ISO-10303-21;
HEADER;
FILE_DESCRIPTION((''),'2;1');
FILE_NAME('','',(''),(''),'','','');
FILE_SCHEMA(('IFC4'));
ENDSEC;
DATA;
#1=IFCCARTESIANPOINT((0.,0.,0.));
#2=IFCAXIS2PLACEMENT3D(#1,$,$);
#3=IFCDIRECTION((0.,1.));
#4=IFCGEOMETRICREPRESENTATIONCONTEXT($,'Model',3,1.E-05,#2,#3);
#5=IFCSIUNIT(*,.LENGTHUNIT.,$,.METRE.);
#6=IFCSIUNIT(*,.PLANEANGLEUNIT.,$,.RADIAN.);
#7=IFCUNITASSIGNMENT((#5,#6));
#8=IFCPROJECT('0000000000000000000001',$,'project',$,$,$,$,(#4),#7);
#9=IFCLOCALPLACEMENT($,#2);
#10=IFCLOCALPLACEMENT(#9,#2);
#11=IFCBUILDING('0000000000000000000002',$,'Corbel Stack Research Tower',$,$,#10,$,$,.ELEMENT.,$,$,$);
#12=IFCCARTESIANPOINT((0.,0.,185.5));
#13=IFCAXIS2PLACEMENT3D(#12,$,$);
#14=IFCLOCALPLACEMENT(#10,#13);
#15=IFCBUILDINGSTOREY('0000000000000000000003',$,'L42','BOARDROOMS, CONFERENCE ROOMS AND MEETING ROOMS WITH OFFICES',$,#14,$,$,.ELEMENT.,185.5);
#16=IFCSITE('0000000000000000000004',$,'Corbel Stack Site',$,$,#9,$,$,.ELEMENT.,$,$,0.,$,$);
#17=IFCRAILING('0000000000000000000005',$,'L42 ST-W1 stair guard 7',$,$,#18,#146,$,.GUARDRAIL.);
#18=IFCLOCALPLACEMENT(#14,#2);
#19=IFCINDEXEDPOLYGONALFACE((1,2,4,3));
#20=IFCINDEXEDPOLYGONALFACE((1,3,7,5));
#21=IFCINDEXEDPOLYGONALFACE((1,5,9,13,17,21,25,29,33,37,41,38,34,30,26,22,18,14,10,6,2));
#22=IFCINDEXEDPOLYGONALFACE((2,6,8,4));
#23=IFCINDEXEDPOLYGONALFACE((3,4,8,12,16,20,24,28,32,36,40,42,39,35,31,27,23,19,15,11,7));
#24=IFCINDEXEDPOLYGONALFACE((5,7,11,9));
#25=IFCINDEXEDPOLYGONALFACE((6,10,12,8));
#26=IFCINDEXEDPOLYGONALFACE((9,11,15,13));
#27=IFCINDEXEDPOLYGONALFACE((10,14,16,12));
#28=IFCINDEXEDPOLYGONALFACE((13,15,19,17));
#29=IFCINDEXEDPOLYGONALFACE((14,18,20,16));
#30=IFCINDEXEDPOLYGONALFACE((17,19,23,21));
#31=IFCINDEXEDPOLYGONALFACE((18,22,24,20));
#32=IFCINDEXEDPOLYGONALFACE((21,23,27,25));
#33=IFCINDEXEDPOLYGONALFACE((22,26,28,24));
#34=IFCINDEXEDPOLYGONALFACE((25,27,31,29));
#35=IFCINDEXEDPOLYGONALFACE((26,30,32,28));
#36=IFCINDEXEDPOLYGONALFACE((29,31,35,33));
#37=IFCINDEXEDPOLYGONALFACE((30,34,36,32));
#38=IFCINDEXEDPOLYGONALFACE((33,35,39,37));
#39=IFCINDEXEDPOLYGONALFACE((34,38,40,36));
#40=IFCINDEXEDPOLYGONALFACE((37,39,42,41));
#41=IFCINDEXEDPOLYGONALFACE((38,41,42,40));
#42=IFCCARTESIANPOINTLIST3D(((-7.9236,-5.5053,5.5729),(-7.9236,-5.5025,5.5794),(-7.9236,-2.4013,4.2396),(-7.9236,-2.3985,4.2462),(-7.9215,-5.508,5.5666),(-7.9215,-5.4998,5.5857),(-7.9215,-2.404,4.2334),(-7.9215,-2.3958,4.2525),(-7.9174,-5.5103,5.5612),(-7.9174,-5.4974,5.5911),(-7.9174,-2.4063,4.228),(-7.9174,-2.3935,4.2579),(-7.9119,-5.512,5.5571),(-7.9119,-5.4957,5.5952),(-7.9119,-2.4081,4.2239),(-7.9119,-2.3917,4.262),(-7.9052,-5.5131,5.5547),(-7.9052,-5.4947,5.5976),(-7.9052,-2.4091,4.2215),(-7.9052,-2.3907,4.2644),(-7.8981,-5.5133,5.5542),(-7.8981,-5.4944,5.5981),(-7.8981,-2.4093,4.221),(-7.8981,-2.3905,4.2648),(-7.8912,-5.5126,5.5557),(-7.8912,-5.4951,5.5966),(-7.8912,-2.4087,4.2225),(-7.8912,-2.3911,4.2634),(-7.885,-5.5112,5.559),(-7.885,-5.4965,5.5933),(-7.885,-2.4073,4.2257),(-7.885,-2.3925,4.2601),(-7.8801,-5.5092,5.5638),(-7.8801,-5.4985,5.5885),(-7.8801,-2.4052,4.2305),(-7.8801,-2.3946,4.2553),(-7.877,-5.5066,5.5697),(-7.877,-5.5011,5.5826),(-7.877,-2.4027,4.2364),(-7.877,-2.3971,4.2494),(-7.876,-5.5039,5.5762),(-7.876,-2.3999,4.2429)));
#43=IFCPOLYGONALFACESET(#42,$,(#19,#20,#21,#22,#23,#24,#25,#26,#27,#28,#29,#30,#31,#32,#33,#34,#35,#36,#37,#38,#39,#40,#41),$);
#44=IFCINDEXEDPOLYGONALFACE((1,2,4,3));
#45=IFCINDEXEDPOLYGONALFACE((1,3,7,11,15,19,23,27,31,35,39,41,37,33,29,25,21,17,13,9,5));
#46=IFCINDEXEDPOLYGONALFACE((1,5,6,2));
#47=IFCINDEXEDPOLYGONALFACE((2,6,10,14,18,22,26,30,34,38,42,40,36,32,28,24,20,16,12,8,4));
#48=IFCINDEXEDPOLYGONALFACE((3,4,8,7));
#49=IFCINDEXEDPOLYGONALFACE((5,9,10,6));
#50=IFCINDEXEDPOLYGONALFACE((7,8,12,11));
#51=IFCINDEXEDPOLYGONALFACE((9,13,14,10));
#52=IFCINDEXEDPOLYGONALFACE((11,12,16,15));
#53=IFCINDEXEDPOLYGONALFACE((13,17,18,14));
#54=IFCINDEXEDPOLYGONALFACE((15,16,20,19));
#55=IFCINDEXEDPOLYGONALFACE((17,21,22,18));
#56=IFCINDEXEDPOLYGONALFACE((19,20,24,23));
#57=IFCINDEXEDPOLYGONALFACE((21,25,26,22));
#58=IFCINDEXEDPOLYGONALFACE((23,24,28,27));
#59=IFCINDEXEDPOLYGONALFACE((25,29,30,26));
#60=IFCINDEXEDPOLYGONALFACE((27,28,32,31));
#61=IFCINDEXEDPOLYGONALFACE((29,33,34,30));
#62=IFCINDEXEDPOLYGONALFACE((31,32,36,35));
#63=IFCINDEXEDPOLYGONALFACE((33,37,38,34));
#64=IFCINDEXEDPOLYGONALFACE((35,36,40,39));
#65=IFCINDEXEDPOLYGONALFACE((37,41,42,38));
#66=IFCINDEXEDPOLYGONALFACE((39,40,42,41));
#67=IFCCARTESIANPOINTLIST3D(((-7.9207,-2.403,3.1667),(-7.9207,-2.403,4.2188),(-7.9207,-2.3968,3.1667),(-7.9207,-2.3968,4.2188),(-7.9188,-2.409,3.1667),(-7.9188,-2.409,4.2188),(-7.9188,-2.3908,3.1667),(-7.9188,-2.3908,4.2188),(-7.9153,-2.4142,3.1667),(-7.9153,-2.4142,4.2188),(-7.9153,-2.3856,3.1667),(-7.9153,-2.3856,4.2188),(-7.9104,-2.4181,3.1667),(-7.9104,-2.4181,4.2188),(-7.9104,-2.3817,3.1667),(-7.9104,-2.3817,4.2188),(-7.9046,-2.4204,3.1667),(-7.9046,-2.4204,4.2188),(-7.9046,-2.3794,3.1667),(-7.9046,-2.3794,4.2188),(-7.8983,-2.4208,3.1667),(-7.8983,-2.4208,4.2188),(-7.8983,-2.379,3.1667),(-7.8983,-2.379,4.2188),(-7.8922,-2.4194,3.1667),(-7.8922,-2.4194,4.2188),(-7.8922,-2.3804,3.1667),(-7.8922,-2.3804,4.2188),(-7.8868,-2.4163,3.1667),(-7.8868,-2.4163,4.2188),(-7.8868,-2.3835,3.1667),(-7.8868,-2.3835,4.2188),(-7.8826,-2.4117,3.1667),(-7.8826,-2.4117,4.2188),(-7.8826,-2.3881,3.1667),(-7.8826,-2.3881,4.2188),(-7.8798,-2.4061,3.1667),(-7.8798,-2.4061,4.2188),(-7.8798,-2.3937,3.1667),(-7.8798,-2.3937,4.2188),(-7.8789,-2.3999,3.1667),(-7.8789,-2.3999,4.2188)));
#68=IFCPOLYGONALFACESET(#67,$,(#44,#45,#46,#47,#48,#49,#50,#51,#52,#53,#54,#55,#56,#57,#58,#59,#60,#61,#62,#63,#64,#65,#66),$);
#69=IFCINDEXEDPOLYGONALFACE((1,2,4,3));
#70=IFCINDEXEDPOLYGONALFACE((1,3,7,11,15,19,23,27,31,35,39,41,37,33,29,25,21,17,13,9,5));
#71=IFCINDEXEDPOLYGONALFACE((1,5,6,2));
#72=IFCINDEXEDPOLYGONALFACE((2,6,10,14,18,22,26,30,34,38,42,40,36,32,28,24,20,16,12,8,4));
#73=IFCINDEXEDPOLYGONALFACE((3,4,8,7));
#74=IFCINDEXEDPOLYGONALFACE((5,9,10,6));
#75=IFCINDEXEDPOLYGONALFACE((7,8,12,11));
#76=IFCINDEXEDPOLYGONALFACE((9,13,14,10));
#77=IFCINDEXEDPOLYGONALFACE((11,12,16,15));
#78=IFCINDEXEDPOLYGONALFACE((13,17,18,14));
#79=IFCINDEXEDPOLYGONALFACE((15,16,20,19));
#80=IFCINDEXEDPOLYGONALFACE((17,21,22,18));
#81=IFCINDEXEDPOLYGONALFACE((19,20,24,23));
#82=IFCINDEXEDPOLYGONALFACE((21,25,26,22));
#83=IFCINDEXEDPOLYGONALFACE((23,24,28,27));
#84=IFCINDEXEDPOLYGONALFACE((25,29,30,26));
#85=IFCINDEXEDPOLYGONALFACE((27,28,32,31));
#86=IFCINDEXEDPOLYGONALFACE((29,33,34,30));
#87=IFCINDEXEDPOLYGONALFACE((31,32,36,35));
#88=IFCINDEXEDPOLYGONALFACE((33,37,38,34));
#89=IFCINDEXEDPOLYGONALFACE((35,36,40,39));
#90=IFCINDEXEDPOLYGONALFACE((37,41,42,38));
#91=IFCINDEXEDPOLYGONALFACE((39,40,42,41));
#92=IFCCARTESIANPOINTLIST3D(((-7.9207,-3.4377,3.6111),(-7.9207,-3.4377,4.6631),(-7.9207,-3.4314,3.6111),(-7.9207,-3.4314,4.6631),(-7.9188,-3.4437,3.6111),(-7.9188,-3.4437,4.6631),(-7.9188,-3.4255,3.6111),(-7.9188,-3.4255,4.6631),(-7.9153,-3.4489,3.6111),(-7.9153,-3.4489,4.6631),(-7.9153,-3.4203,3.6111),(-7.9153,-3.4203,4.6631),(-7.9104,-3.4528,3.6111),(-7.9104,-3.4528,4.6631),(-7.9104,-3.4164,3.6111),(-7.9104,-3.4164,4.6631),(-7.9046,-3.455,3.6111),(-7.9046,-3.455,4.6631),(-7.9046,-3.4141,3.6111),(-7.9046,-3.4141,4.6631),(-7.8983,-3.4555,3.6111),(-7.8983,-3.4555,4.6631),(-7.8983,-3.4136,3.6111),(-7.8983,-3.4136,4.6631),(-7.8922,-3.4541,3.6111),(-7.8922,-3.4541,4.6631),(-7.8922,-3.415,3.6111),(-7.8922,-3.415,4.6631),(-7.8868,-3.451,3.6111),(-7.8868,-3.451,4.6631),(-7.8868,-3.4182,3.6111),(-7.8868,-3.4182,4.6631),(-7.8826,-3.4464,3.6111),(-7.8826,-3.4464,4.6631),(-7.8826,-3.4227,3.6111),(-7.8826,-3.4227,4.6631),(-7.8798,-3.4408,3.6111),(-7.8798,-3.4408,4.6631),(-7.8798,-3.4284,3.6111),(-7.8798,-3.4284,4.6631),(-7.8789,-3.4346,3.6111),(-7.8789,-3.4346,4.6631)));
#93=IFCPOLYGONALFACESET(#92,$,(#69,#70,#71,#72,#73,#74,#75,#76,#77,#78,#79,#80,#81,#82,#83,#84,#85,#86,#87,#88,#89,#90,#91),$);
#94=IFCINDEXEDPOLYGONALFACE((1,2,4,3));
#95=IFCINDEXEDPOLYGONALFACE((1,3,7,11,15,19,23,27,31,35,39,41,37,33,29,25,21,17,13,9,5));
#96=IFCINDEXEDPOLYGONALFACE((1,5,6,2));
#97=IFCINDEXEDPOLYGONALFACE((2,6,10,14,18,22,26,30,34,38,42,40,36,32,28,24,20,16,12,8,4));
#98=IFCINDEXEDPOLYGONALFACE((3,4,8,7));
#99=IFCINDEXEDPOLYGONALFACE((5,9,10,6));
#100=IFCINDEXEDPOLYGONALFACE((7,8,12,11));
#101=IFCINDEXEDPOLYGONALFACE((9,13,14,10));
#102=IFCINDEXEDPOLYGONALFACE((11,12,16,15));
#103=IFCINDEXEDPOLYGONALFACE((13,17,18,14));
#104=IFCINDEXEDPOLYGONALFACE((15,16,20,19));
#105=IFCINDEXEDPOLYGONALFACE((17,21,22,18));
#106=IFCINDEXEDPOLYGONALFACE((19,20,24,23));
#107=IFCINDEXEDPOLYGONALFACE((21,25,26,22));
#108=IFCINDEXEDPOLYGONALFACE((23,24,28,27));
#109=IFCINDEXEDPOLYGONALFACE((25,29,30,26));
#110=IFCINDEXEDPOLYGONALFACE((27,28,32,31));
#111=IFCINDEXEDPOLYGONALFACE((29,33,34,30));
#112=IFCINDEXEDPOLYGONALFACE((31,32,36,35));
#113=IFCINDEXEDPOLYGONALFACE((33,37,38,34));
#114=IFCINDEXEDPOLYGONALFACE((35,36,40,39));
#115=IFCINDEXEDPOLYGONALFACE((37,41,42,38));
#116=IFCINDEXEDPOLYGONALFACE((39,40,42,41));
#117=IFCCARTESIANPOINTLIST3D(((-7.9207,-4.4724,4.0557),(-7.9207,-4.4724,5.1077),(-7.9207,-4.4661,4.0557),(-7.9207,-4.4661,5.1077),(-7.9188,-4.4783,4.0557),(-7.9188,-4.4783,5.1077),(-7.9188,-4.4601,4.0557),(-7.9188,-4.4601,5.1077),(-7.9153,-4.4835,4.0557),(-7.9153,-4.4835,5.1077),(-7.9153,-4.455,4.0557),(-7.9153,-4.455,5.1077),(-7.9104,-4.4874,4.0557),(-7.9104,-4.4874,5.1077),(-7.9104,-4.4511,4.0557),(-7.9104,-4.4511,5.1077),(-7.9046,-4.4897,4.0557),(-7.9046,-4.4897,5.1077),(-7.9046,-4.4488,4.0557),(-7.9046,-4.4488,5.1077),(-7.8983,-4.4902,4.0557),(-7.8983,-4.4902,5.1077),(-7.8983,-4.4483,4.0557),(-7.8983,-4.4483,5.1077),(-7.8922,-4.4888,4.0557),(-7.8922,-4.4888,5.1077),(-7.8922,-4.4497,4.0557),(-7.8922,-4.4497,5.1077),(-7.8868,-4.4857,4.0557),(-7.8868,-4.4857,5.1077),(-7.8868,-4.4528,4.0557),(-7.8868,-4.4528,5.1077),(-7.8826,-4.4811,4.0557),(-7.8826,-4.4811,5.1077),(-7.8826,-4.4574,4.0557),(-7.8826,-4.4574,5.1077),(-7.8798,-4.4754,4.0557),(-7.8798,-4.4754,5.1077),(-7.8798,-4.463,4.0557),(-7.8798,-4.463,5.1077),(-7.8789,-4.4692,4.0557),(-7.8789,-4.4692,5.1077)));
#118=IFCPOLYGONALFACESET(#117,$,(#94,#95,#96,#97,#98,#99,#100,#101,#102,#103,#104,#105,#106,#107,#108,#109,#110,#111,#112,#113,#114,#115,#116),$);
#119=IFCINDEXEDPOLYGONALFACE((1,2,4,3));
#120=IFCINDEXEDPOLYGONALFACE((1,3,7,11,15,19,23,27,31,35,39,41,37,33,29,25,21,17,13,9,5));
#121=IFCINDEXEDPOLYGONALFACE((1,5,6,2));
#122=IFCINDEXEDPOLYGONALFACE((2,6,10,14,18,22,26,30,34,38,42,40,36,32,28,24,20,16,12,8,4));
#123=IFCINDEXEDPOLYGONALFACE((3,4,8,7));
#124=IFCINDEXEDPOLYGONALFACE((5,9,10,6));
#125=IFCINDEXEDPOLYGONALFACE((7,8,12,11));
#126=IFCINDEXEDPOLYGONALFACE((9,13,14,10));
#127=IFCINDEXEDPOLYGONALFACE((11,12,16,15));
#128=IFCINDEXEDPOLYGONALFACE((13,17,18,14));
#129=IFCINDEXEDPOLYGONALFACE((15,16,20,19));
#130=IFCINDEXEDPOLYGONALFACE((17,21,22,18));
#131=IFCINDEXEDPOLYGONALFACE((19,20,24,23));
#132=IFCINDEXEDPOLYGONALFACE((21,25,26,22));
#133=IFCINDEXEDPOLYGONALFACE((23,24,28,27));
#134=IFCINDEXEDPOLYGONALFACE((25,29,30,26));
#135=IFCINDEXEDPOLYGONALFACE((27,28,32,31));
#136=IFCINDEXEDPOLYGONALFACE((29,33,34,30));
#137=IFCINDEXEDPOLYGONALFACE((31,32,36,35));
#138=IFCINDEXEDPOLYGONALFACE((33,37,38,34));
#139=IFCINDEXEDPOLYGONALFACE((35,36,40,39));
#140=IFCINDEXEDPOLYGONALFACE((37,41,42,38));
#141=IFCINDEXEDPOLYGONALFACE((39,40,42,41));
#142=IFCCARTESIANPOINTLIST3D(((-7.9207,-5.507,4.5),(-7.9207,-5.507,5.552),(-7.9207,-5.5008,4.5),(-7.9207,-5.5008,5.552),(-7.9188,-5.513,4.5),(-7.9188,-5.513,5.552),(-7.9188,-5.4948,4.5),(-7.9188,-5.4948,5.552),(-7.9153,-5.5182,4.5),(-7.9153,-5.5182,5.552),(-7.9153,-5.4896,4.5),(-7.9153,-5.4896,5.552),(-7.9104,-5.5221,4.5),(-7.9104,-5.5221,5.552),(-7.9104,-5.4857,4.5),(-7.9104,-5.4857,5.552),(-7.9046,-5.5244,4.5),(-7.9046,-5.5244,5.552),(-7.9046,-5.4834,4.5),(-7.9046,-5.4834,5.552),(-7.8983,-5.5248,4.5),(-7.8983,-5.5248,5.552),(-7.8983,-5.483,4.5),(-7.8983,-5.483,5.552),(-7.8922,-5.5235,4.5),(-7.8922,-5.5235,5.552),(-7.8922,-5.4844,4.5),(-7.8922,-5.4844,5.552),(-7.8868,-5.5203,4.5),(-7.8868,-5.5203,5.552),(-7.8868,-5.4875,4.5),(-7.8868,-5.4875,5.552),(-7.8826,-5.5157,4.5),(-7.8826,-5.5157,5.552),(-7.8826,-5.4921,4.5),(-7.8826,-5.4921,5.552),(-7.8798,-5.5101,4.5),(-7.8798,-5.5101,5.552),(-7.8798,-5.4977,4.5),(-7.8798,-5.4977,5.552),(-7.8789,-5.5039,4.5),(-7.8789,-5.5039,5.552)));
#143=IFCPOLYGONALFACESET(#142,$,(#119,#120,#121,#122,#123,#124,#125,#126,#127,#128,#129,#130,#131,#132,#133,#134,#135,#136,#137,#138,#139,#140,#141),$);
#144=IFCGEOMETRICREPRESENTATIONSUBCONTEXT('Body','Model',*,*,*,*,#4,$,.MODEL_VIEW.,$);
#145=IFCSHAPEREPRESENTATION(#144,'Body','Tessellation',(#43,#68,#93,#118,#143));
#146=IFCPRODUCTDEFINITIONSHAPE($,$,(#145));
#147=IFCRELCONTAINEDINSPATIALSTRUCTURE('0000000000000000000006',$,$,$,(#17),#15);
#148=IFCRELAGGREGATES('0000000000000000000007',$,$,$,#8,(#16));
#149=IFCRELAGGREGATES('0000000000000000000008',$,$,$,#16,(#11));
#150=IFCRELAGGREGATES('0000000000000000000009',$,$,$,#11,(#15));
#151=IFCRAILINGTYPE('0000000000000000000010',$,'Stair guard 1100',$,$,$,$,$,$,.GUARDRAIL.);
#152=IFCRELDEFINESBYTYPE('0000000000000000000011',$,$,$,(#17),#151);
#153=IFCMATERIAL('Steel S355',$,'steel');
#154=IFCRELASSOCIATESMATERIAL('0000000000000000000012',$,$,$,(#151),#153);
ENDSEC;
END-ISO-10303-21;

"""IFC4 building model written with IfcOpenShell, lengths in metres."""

from ifc_helpers import new_model, si_unit, direction, frame, origin, origin_2d, place, context, subcontext, project, spatial, circle, extrude, material, type_object, element, save


model = new_model("IFC4")

# Units and contexts
model_context = context("Model", 3, precision=1e-05, world=origin(), true_north=direction((0.0, 1.0)))
body_context = subcontext(model_context, "Body", "Model", "MODEL_VIEW")
ifc_project = project(units=[si_unit("LENGTHUNIT", "METRE"), si_unit("PLANEANGLEUNIT", "RADIAN")], contexts=[model_context])

# Site, building, storey
site_placement = place(None, origin())
site = spatial("IfcSite", under=ifc_project, at=site_placement, Name="Corbel Stack Site", CompositionType="ELEMENT", RefElevation=0.0)
building_placement = place(site_placement, origin())
building = spatial("IfcBuilding", under=site, at=building_placement, Name="Corbel Stack Research Tower", CompositionType="ELEMENT")
storey_placement = place(building_placement, frame((0.0, 0.0, 185.5)))
storey = spatial("IfcBuildingStorey", under=building, at=storey_placement, Name="L42", Description="BOARDROOMS, CONFERENCE ROOMS AND MEETING ROOMS WITH OFFICES", CompositionType="ELEMENT", Elevation=185.5)

# Railing
ifc_material_1 = material(Name="Steel S355", Category="steel")
railing_type_1 = type_object("IfcRailingType", Name="Stair guard 1100", PredefinedType="GUARDRAIL", material=ifc_material_1)
railing_1_placement = place(storey_placement, frame((-7.8999, -2.3999, 3.1667)))
element("IfcRailing", 1, at=railing_1_placement, inside=storey, type_object=railing_type_1, Name="L42 ST-W1 stair guard 7", PredefinedType="GUARDRAIL", context=body_context, shape_type="SweptSolid", body=[
    extrude(circle(Radius=0.0239, at=origin_2d()), frame((0.0, 0.0, 1.0762), z_axis=(0.0, -0.918827, 0.394661), x_axis=(1.0, 0.0, 0.0)), (0.0, 0.0, 1.0), 3.3782),
    extrude(circle(Radius=0.021, at=origin_2d()), origin(), (0.0, 0.0, 1.0), 1.052),
    extrude(circle(Radius=0.021, at=origin_2d()), frame((0.0, -1.0347, 0.4443)), (0.0, 0.0, 1.0), 1.052),
    extrude(circle(Radius=0.021, at=origin_2d()), frame((0.0, -2.0693, 0.8889)), (0.0, 0.0, 1.0), 1.052),
    extrude(circle(Radius=0.021, at=origin_2d()), frame((0.0, -3.104, 1.3333)), (0.0, 0.0, 1.0), 1.052),
])

save(model, "model.ifc")
